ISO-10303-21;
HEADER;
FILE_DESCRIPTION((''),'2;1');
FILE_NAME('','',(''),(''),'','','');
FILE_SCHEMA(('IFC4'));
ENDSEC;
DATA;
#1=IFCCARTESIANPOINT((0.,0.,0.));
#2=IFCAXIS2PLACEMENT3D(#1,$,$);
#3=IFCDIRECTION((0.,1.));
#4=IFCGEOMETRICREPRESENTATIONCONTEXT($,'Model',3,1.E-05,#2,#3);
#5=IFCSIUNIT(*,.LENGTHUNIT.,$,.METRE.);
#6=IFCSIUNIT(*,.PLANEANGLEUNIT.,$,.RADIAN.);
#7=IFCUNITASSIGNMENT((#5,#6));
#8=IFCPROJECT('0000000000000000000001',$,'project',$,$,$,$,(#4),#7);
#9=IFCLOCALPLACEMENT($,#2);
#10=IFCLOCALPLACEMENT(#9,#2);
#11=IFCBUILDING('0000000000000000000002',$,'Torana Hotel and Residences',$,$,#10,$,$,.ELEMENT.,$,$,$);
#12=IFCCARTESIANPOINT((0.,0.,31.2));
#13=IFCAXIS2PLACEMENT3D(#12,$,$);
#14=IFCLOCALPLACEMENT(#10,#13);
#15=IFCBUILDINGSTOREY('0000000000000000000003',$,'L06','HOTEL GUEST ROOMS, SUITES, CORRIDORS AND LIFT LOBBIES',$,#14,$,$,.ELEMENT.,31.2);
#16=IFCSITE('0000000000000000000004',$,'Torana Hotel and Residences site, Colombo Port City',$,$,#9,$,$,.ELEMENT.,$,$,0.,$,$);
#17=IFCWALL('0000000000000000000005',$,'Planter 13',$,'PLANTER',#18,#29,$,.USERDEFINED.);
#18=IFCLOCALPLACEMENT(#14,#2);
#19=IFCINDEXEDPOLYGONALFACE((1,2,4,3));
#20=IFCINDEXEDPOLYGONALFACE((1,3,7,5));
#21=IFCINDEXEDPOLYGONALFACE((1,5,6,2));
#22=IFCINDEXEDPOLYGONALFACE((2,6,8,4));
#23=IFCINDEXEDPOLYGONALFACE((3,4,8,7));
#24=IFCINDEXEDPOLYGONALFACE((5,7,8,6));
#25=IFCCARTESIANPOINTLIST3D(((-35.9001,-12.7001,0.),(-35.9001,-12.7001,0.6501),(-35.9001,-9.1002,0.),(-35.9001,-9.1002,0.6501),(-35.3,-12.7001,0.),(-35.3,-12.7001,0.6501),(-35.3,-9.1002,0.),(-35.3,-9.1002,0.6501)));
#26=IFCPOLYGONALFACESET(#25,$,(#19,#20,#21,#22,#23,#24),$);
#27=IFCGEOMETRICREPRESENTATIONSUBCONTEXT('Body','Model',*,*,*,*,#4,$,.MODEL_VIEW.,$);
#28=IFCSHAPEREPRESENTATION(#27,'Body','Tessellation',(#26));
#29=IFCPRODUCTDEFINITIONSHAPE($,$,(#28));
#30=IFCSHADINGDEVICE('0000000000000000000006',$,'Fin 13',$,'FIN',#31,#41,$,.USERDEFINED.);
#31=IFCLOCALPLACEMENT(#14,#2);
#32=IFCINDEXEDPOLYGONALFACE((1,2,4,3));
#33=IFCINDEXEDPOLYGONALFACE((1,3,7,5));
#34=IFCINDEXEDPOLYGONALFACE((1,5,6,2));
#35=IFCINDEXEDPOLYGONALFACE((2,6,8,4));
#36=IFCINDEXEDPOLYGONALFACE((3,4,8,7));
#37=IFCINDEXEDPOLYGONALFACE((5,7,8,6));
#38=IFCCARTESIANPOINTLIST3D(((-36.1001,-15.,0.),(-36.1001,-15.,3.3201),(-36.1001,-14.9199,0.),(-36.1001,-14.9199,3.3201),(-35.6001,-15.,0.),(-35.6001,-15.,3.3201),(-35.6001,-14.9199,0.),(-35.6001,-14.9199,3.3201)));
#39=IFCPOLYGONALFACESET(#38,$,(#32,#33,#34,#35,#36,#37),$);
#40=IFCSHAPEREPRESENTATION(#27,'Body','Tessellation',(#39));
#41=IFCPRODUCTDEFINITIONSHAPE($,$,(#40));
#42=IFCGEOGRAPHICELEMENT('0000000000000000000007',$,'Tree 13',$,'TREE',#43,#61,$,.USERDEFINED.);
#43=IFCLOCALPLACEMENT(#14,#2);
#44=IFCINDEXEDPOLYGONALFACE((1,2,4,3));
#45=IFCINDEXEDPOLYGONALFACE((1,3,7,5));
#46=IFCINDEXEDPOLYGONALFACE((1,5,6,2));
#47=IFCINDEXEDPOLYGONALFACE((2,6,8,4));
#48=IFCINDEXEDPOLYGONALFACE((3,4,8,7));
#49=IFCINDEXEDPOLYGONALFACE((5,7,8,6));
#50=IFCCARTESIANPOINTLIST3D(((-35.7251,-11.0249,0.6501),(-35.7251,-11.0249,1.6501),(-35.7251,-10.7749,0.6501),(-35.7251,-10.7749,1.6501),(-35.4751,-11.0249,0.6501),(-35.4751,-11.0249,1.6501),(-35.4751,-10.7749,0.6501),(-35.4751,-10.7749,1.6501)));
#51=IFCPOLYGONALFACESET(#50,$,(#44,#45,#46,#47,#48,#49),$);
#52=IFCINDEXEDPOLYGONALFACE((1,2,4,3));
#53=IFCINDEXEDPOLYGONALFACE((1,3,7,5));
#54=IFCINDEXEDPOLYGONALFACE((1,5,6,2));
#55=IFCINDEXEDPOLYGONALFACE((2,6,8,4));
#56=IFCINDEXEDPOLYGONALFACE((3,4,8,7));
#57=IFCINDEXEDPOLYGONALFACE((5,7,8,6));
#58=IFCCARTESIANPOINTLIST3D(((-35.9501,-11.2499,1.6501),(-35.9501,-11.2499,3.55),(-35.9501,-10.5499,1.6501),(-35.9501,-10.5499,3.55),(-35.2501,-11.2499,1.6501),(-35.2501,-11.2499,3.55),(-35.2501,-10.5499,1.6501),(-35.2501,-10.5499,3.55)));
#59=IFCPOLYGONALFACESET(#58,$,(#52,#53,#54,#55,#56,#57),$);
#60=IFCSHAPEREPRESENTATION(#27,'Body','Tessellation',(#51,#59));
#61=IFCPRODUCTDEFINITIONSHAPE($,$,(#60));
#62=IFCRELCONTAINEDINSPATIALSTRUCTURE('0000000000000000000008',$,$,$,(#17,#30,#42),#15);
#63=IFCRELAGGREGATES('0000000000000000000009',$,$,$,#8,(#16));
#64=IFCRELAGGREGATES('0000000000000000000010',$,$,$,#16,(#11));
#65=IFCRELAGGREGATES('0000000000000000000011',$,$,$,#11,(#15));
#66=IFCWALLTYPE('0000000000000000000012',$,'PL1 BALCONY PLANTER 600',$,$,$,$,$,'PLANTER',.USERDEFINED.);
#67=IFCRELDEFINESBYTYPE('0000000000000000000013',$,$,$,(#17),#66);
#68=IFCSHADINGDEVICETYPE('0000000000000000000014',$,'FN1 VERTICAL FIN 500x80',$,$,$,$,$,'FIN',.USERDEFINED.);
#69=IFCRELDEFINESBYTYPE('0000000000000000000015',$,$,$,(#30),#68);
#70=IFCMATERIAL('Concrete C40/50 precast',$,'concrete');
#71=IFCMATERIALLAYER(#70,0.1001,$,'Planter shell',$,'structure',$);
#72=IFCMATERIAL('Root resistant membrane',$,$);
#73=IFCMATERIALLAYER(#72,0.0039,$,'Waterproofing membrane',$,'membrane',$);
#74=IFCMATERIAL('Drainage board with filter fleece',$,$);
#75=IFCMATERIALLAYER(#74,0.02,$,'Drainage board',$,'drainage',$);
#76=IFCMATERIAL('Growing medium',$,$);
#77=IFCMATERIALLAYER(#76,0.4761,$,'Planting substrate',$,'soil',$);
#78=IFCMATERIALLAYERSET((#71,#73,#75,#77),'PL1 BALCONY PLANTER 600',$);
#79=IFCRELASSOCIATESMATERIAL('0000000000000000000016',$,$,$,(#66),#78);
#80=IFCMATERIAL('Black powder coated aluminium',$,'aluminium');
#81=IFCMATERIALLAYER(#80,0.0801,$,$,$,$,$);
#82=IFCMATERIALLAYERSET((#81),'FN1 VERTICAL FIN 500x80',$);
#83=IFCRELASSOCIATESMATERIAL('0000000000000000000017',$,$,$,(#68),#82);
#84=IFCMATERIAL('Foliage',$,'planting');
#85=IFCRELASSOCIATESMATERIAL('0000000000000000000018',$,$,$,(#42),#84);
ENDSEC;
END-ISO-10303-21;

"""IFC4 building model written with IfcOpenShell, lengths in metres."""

from ifc_helpers import new_model, si_unit, direction, frame, frame_2d, origin, origin_2d, place, context, subcontext, project, spatial, rectangle, extrude, material, layer, layer_set, type_object, element, save


model = new_model("IFC4")

# Units and contexts
model_context = context("Model", 3, precision=1e-05, world=origin(), true_north=direction((0.0, 1.0)))
body_context = subcontext(model_context, "Body", "Model", "MODEL_VIEW")
ifc_project = project(units=[si_unit("LENGTHUNIT", "METRE"), si_unit("PLANEANGLEUNIT", "RADIAN")], contexts=[model_context])

# Site, building, storey
site_placement = place(None, origin())
site = spatial("IfcSite", under=ifc_project, at=site_placement, Name="Torana Hotel and Residences site, Colombo Port City", CompositionType="ELEMENT", RefElevation=0.0)
building_placement = place(site_placement, origin())
building = spatial("IfcBuilding", under=site, at=building_placement, Name="Torana Hotel and Residences", CompositionType="ELEMENT")
storey_placement = place(building_placement, frame((0.0, 0.0, 31.2)))
storey = spatial("IfcBuildingStorey", under=building, at=storey_placement, Name="L06", Description="HOTEL GUEST ROOMS, SUITES, CORRIDORS AND LIFT LOBBIES", CompositionType="ELEMENT", Elevation=31.2)

# Wall
ifc_material_1 = material(Name="Concrete C40/50 precast", Category="concrete")
ifc_layer_1 = layer(ifc_material_1, 0.1001, Name="Planter shell", Category="structure")
ifc_material_2 = material(Name="Root resistant membrane")
ifc_layer_2 = layer(ifc_material_2, 0.0039, Name="Waterproofing membrane", Category="membrane")
ifc_material_3 = material(Name="Drainage board with filter fleece")
ifc_layer_3 = layer(ifc_material_3, 0.02, Name="Drainage board", Category="drainage")
ifc_material_4 = material(Name="Growing medium")
ifc_layer_4 = layer(ifc_material_4, 0.4761, Name="Planting substrate", Category="soil")
ifc_layer_set_1 = layer_set([ifc_layer_1, ifc_layer_2, ifc_layer_3, ifc_layer_4], Name="PL1 BALCONY PLANTER 600")
wall_type = type_object("IfcWallType", Name="PL1 BALCONY PLANTER 600", ElementType="PLANTER", PredefinedType="USERDEFINED", material=ifc_layer_set_1)
wall_placement = place(storey_placement, frame((-35.6001, -12.7, 0.0), z_axis=(0.0, 0.0, 1.0), x_axis=(0.0, 1.0, 0.0)))
element("IfcWall", 1, at=wall_placement, inside=storey, type_object=wall_type, Name="Planter 13", ObjectType="PLANTER", PredefinedType="USERDEFINED", context=body_context, shape_type="SweptSolid", body=[
    extrude(rectangle(XDim=3.5999, YDim=0.6001, at=frame_2d((1.7998, 0.0))), origin(), (0.0, 0.0, 1.0), 0.6501),
])

# Shading device
ifc_material_5 = material(Name="Black powder coated aluminium", Category="aluminium")
ifc_layer_5 = layer(ifc_material_5, 0.0801)
ifc_layer_set_2 = layer_set([ifc_layer_5], Name="FN1 VERTICAL FIN 500x80")
shading_device_type = type_object("IfcShadingDeviceType", Name="FN1 VERTICAL FIN 500x80", ElementType="FIN", PredefinedType="USERDEFINED", material=ifc_layer_set_2)
shading_device_placement = place(storey_placement, frame((-35.8501, -14.96, 0.0), z_axis=(0.0, 0.0, 1.0), x_axis=(0.0, 1.0, 0.0)))
element("IfcShadingDevice", 2, at=shading_device_placement, inside=storey, type_object=shading_device_type, Name="Fin 13", ObjectType="FIN", PredefinedType="USERDEFINED", context=body_context, shape_type="SweptSolid", body=[
    extrude(rectangle(XDim=0.0801, YDim=0.5, at=origin_2d()), origin(), (0.0, 0.0, 1.0), 3.3201),
])

# Geographic element
ifc_material_6 = material(Name="Foliage", Category="planting")
geographic_element_placement = place(storey_placement, frame((-35.6001, -10.8999, 0.6501), z_axis=(0.0, 0.0, 1.0), x_axis=(1.0, 0.0, 0.0)))
element("IfcGeographicElement", 3, at=geographic_element_placement, inside=storey, material=ifc_material_6, Name="Tree 13", ObjectType="TREE", PredefinedType="USERDEFINED", context=body_context, shape_type="SweptSolid", body=[
    extrude(rectangle(XDim=0.25, YDim=0.25, at=origin_2d()), origin(), (0.0, 0.0, 1.0), 1.0),
    extrude(rectangle(XDim=0.7, YDim=0.7, at=origin_2d()), frame((0.0, 0.0, 1.0)), (0.0, 0.0, 1.0), 1.8999),
])

save(model, "model.ifc")
